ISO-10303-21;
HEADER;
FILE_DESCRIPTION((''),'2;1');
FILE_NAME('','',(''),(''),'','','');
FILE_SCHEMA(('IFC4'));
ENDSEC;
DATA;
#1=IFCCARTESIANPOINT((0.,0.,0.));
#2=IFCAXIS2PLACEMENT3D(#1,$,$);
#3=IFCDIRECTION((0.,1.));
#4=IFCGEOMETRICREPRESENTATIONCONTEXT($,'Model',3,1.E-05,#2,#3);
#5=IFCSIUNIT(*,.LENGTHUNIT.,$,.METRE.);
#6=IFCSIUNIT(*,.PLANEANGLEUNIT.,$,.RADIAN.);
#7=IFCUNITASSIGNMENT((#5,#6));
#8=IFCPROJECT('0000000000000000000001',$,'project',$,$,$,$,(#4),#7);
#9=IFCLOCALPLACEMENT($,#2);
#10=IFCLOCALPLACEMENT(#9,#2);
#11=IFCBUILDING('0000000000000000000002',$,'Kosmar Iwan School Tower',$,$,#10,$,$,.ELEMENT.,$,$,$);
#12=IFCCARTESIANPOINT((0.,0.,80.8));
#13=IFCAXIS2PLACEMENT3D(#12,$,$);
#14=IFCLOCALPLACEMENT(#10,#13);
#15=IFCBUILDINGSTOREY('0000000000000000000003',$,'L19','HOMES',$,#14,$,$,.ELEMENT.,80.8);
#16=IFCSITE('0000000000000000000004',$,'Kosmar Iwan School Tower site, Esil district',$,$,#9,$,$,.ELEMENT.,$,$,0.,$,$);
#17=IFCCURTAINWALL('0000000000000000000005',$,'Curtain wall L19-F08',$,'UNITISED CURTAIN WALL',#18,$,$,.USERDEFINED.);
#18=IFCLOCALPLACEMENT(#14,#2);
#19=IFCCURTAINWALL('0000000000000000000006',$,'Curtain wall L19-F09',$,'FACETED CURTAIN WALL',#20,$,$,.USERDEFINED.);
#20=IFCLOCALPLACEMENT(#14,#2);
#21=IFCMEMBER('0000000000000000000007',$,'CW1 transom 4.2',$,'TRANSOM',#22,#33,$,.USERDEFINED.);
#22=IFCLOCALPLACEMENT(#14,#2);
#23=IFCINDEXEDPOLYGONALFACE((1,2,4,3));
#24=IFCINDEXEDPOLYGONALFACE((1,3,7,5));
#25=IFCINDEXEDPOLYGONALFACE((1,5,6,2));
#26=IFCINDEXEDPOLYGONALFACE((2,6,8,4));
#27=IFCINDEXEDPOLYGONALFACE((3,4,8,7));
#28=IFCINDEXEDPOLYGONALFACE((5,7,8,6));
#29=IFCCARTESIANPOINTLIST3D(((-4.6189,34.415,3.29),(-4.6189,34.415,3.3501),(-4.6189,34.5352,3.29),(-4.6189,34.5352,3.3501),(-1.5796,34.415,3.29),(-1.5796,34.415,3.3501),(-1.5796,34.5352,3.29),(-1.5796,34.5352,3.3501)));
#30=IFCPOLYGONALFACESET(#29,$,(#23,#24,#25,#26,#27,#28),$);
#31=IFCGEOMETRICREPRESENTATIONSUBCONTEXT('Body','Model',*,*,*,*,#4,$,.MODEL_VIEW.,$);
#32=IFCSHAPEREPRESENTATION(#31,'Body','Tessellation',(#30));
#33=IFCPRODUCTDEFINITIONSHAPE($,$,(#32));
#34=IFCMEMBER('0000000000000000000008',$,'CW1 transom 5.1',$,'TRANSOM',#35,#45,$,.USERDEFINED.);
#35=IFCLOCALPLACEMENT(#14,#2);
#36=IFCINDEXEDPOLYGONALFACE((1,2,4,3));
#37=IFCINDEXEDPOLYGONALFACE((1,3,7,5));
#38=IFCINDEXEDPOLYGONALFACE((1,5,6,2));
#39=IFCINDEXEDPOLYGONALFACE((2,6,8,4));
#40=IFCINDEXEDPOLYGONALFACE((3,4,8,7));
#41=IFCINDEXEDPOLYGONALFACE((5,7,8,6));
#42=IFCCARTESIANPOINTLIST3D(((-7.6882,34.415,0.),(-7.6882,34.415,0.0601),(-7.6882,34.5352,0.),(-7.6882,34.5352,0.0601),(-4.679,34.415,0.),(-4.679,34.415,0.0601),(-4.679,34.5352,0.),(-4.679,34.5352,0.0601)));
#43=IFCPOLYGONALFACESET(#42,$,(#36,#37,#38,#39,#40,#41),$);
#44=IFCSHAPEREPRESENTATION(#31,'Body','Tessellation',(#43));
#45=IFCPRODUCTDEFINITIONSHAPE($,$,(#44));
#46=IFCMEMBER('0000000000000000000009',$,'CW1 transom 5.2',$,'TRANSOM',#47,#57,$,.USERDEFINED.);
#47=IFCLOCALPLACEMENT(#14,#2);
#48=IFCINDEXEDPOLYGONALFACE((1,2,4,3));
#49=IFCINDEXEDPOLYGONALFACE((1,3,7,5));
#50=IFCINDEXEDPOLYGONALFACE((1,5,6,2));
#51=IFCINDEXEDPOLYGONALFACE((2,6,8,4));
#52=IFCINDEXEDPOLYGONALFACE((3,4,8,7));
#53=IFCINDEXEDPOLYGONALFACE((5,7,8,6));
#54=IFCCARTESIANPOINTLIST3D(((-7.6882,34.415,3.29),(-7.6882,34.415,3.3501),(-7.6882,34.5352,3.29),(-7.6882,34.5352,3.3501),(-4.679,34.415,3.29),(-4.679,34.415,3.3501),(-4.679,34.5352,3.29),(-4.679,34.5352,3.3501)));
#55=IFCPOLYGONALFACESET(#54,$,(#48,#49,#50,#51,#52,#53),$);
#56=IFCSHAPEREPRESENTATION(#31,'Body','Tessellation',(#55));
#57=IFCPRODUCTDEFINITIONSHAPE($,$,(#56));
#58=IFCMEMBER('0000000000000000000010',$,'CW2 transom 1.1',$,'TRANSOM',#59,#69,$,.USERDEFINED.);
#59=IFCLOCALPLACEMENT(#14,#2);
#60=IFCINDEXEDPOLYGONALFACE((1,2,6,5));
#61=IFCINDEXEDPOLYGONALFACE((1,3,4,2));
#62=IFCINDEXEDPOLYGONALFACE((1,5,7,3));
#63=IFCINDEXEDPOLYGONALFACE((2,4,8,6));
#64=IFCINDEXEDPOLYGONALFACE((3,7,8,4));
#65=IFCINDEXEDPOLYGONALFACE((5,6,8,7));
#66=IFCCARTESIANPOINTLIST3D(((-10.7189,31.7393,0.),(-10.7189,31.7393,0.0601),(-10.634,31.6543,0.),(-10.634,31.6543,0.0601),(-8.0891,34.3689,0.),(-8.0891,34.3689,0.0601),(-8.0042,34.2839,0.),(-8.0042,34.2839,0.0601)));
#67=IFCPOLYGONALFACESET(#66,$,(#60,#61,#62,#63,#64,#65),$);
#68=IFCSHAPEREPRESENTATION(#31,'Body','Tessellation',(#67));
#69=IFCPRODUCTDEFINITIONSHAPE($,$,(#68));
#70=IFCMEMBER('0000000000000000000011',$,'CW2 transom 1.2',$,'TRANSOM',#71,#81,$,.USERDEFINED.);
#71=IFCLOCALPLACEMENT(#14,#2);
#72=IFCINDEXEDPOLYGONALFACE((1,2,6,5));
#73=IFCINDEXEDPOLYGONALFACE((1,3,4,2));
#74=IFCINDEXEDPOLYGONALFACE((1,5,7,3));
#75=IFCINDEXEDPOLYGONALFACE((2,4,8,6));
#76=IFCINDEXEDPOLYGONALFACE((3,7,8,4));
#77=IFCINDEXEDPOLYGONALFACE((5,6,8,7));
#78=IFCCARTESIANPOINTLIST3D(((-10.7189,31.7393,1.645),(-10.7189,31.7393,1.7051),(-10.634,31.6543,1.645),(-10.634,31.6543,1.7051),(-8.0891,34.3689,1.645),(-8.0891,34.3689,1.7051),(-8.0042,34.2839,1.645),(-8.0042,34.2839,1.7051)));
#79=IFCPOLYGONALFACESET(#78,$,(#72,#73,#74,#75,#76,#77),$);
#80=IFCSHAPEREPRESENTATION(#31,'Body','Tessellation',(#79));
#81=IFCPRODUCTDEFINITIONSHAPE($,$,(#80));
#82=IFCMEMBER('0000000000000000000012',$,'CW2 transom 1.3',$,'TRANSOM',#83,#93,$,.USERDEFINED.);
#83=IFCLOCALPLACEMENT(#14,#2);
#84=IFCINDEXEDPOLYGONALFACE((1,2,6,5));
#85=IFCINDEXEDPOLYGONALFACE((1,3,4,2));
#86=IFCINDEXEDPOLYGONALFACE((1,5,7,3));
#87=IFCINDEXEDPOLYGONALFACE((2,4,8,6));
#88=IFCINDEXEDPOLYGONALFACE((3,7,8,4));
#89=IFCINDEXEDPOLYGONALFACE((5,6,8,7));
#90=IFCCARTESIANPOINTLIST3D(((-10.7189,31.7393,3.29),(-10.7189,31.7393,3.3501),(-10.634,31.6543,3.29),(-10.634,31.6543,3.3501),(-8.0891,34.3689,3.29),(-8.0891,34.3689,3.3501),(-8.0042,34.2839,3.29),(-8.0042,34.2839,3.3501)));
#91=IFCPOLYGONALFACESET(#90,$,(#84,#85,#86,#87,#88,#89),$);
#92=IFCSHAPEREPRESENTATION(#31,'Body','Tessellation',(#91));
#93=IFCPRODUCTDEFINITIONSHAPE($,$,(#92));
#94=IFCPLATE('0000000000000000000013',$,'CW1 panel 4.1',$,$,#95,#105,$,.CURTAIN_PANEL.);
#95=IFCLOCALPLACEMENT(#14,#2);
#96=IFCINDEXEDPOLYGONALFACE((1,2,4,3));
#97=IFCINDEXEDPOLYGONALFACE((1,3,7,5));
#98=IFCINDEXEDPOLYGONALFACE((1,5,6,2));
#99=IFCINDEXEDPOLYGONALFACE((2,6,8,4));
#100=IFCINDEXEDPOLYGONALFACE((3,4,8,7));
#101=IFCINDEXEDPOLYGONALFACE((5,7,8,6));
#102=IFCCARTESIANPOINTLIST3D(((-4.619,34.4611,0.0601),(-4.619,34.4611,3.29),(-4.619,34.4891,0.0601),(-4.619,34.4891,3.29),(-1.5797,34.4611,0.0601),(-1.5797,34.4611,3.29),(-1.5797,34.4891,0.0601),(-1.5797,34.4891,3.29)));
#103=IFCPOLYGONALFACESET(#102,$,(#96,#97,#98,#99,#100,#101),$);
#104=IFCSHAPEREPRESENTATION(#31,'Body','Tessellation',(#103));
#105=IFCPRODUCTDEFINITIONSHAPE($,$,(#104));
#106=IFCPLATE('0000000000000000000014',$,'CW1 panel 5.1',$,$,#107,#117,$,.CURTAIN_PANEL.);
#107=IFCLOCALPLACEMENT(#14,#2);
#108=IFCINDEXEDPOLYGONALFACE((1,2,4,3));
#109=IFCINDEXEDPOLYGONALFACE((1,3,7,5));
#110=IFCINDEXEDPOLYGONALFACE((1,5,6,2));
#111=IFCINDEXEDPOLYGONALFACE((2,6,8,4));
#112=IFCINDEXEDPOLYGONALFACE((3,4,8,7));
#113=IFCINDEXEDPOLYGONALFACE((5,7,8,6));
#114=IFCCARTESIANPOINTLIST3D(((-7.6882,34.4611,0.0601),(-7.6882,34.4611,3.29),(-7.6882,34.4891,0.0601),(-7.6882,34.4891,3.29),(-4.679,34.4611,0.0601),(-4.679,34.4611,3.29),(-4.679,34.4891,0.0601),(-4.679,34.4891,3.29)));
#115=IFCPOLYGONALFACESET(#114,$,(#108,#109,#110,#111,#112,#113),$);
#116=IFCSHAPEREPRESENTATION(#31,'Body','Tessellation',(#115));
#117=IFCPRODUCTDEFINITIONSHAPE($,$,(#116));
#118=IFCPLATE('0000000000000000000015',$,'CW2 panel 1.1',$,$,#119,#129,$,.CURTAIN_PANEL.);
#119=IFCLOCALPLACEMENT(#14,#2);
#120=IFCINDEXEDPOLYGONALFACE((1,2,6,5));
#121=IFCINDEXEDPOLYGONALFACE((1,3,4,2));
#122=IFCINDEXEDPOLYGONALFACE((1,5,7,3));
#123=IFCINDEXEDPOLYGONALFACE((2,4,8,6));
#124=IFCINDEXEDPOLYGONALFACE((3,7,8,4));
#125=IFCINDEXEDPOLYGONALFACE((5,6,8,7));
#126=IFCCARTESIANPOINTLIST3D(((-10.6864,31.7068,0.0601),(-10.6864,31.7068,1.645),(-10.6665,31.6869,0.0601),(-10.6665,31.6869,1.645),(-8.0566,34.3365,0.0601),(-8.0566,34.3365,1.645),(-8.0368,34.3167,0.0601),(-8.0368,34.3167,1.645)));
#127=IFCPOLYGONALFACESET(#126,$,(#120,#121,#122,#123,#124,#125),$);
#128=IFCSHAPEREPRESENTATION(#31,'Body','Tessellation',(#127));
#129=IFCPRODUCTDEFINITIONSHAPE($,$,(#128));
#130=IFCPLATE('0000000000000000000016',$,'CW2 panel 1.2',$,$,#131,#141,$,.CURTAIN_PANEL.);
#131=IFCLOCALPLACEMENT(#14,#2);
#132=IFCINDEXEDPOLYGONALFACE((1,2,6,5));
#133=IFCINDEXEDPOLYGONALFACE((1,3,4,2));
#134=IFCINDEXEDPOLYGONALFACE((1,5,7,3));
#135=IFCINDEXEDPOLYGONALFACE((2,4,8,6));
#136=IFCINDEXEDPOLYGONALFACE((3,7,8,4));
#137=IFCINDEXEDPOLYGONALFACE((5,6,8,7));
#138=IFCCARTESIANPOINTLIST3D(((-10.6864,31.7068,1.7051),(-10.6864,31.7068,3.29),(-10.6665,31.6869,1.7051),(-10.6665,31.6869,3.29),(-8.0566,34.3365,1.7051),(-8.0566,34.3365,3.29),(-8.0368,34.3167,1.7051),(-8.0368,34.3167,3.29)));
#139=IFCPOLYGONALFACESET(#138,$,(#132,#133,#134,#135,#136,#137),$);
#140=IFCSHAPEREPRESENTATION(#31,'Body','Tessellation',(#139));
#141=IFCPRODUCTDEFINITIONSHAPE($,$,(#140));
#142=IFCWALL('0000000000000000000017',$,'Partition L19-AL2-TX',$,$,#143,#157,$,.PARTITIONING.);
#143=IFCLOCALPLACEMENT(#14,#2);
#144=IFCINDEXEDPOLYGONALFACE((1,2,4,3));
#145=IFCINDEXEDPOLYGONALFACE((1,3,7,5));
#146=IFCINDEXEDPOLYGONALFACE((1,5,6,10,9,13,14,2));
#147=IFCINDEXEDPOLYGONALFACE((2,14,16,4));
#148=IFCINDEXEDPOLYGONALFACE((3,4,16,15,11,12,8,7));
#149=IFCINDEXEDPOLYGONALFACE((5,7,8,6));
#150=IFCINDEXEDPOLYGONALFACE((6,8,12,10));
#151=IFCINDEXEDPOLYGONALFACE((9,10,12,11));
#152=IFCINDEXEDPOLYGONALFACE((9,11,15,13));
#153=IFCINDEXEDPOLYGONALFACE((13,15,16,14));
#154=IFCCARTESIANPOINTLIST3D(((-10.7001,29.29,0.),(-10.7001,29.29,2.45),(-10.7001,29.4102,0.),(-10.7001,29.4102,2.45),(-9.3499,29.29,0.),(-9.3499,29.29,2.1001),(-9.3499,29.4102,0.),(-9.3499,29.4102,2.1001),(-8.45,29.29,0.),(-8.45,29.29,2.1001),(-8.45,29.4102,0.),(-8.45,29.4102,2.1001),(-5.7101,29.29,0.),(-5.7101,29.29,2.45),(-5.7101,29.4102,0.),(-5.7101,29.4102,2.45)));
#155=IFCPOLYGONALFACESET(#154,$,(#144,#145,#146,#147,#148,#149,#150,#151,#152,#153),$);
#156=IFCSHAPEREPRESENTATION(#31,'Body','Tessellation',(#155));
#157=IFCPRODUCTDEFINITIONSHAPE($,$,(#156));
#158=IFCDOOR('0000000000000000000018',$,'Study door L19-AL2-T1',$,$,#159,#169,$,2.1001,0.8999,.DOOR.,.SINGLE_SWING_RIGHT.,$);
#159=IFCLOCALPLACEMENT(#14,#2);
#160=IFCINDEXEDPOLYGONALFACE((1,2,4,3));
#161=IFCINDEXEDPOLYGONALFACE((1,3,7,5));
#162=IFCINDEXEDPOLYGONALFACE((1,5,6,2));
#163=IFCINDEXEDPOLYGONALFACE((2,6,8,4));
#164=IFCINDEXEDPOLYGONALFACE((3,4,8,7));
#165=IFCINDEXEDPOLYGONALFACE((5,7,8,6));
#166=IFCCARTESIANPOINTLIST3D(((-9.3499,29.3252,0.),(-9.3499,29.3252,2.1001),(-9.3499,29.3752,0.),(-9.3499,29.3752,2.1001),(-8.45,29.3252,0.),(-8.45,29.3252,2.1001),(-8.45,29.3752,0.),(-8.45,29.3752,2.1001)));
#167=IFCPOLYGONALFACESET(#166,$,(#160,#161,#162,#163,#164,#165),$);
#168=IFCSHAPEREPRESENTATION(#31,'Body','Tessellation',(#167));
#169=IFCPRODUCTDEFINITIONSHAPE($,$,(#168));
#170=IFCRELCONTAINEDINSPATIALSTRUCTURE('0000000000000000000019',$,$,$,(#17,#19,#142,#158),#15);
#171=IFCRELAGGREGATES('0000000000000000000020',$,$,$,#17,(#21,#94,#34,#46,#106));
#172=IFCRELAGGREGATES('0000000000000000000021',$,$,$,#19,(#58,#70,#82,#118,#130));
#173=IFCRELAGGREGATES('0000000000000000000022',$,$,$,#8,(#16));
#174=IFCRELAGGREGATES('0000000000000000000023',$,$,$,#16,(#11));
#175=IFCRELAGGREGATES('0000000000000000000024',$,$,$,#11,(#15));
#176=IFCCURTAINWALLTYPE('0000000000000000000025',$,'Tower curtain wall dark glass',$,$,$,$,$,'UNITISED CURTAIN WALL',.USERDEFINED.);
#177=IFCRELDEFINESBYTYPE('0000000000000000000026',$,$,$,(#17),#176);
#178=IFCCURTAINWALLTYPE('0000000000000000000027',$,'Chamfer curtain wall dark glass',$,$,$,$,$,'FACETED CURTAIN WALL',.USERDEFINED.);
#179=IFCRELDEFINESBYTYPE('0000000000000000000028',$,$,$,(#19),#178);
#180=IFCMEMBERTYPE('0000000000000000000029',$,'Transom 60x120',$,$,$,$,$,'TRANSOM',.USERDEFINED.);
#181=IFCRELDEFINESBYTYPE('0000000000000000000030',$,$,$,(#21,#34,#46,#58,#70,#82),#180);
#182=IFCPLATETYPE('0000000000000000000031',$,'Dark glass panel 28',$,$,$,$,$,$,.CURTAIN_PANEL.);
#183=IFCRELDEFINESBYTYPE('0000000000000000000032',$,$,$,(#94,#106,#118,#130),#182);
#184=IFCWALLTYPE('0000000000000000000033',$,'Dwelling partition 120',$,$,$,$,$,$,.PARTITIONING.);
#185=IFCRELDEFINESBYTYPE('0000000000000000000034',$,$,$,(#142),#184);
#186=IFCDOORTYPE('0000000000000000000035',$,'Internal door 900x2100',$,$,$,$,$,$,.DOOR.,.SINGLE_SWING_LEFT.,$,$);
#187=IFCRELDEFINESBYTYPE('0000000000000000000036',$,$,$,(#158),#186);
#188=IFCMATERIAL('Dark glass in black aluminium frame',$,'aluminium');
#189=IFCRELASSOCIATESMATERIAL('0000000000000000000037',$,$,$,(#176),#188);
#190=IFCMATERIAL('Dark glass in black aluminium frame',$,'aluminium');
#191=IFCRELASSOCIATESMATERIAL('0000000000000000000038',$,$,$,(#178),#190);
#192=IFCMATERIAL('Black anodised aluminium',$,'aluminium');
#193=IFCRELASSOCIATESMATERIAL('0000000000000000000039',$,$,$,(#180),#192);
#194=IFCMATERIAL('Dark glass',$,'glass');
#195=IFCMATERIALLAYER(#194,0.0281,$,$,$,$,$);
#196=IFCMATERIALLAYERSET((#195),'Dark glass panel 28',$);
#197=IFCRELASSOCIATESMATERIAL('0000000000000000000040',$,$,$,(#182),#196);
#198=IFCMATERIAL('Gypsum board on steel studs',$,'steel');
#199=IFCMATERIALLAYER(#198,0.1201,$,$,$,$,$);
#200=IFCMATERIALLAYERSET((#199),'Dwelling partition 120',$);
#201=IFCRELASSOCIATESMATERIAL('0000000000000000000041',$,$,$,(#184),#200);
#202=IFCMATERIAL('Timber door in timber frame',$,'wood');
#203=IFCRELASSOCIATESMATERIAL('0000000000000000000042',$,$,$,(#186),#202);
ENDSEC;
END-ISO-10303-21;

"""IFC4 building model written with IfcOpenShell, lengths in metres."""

from ifc_helpers import new_model, si_unit, direction, frame, frame_2d, origin, origin_2d, place, context, subcontext, project, spatial, rectangle, extrude, material, layer, layer_set, material_profile, profile_set, type_object, element, fill, aggregate, save


model = new_model("IFC4")

# Units and contexts
model_context = context("Model", 3, precision=1e-05, world=origin(), true_north=direction((0.0, 1.0)))
body_context = subcontext(model_context, "Body", "Model", "MODEL_VIEW")
ifc_project = project(units=[si_unit("LENGTHUNIT", "METRE"), si_unit("PLANEANGLEUNIT", "RADIAN")], contexts=[model_context])

# Site, building, storey
site_placement = place(None, origin())
site = spatial("IfcSite", under=ifc_project, at=site_placement, Name="Kosmar Iwan School Tower site, Esil district", CompositionType="ELEMENT", RefElevation=0.0)
building_placement = place(site_placement, origin())
building = spatial("IfcBuilding", under=site, at=building_placement, Name="Kosmar Iwan School Tower", CompositionType="ELEMENT")
storey_placement = place(building_placement, frame((0.0, 0.0, 80.8)))
storey = spatial("IfcBuildingStorey", under=building, at=storey_placement, Name="L19", Description="HOMES", CompositionType="ELEMENT", Elevation=80.8)

# Curtain walls
ifc_material_1 = material(Name="Dark glass in black aluminium frame", Category="aluminium")
curtain_wall_type_1 = type_object("IfcCurtainWallType", Name="Tower curtain wall dark glass", ElementType="UNITISED CURTAIN WALL", PredefinedType="USERDEFINED", material=ifc_material_1)
curtain_wall_1_placement = place(storey_placement, origin())
curtain_wall_1 = element("IfcCurtainWall", 1, at=curtain_wall_1_placement, inside=storey, type_object=curtain_wall_type_1, Name="Curtain wall L19-F08", ObjectType="UNITISED CURTAIN WALL", PredefinedType="USERDEFINED")
ifc_material_2 = material(Name="Dark glass in black aluminium frame", Category="aluminium")
curtain_wall_type_2 = type_object("IfcCurtainWallType", Name="Chamfer curtain wall dark glass", ElementType="FACETED CURTAIN WALL", PredefinedType="USERDEFINED", material=ifc_material_2)
curtain_wall_2_placement = place(storey_placement, origin())
curtain_wall_2 = element("IfcCurtainWall", 2, at=curtain_wall_2_placement, inside=storey, type_object=curtain_wall_type_2, Name="Curtain wall L19-F09", ObjectType="FACETED CURTAIN WALL", PredefinedType="USERDEFINED")

# Members
ifc_material_3 = material(Name="Black anodised aluminium", Category="aluminium")
ifc_material_profile_1 = material_profile(ifc_material_3, rectangle(XDim=0.1201, YDim=0.0601, at=origin_2d()), Name="TRANSOM 60x120")
ifc_profile_set_1 = profile_set([ifc_material_profile_1], Name="Black anodised aluminium")
member_type_1 = type_object("IfcMemberType", Name="Transom 60x120", ElementType="TRANSOM", PredefinedType="USERDEFINED", material=ifc_profile_set_1)
member_1_placement = place(storey_placement, frame((-1.5796, 34.4751, 3.3201), z_axis=(-1.0, 0.0, 0.0), x_axis=(0.0, -1.0, 0.0)))
member_1 = element("IfcMember", 3, at=member_1_placement, type_object=member_type_1, Name="CW1 transom 4.2", ObjectType="TRANSOM", PredefinedType="USERDEFINED", context=body_context, shape_type="SweptSolid", body=[
    extrude(rectangle(XDim=0.1201, YDim=0.0601, at=origin_2d()), origin(), (0.0, 0.0, 1.0), 3.0393),
])
member_2_placement = place(storey_placement, frame((-4.679, 34.4751, 0.03), z_axis=(-1.0, 0.0, 0.0), x_axis=(0.0, -1.0, 0.0)))
member_2 = element("IfcMember", 4, at=member_2_placement, type_object=member_type_1, Name="CW1 transom 5.1", ObjectType="TRANSOM", PredefinedType="USERDEFINED", context=body_context, shape_type="SweptSolid", body=[
    extrude(rectangle(XDim=0.1201, YDim=0.0601, at=origin_2d()), origin(), (0.0, 0.0, 1.0), 3.0093),
])
member_3_placement = place(storey_placement, frame((-4.679, 34.4751, 3.3201), z_axis=(-1.0, 0.0, 0.0), x_axis=(0.0, -1.0, 0.0)))
member_3 = element("IfcMember", 5, at=member_3_placement, type_object=member_type_1, Name="CW1 transom 5.2", ObjectType="TRANSOM", PredefinedType="USERDEFINED", context=body_context, shape_type="SweptSolid", body=[
    extrude(rectangle(XDim=0.1201, YDim=0.0601, at=origin_2d()), origin(), (0.0, 0.0, 1.0), 3.0093),
])
member_4_placement = place(storey_placement, frame((-8.0466, 34.3264, 0.03), z_axis=(-0.70714, -0.707074, 0.0), x_axis=(0.707074, -0.70714, 0.0)))
member_4 = element("IfcMember", 6, at=member_4_placement, type_object=member_type_1, Name="CW2 transom 1.1", ObjectType="TRANSOM", PredefinedType="USERDEFINED", context=body_context, shape_type="SweptSolid", body=[
    extrude(rectangle(XDim=0.1201, YDim=0.0601, at=origin_2d()), origin(), (0.0, 0.0, 1.0), 3.719),
])
member_5_placement = place(storey_placement, frame((-8.0466, 34.3264, 1.675), z_axis=(-0.70714, -0.707074, 0.0), x_axis=(0.707074, -0.70714, 0.0)))
member_5 = element("IfcMember", 7, at=member_5_placement, type_object=member_type_1, Name="CW2 transom 1.2", ObjectType="TRANSOM", PredefinedType="USERDEFINED", context=body_context, shape_type="SweptSolid", body=[
    extrude(rectangle(XDim=0.1201, YDim=0.0601, at=origin_2d()), origin(), (0.0, 0.0, 1.0), 3.719),
])
member_6_placement = place(storey_placement, frame((-8.0466, 34.3264, 3.3201), z_axis=(-0.70714, -0.707074, 0.0), x_axis=(0.707074, -0.70714, 0.0)))
member_6 = element("IfcMember", 8, at=member_6_placement, type_object=member_type_1, Name="CW2 transom 1.3", ObjectType="TRANSOM", PredefinedType="USERDEFINED", context=body_context, shape_type="SweptSolid", body=[
    extrude(rectangle(XDim=0.1201, YDim=0.0601, at=origin_2d()), origin(), (0.0, 0.0, 1.0), 3.719),
])

# Plates
ifc_material_4 = material(Name="Dark glass", Category="glass")
ifc_layer_1 = layer(ifc_material_4, 0.0281)
ifc_layer_set_1 = layer_set([ifc_layer_1], Name="Dark glass panel 28")
plate_type = type_object("IfcPlateType", Name="Dark glass panel 28", PredefinedType="CURTAIN_PANEL", material=ifc_layer_set_1)
plate_1_placement = place(storey_placement, frame((-3.0994, 34.4751, 0.0601), z_axis=(0.0, 0.0, 1.0), x_axis=(-1.0, 0.0, 0.0)))
plate_1 = element("IfcPlate", 9, at=plate_1_placement, type_object=plate_type, Name="CW1 panel 4.1", PredefinedType="CURTAIN_PANEL", context=body_context, shape_type="SweptSolid", body=[
    extrude(rectangle(XDim=3.0393, YDim=0.0281, at=origin_2d()), origin(), (0.0, 0.0, 1.0), 3.23),
])
plate_2_placement = place(storey_placement, frame((-6.1836, 34.4751, 0.0601), z_axis=(0.0, 0.0, 1.0), x_axis=(-1.0, 0.0, 0.0)))
plate_2 = element("IfcPlate", 10, at=plate_2_placement, type_object=plate_type, Name="CW1 panel 5.1", PredefinedType="CURTAIN_PANEL", context=body_context, shape_type="SweptSolid", body=[
    extrude(rectangle(XDim=3.0093, YDim=0.0281, at=origin_2d()), origin(), (0.0, 0.0, 1.0), 3.23),
])
aggregate(curtain_wall_1, [member_1, plate_1, member_2, member_3, plate_2])
plate_3_placement = place(storey_placement, frame((-9.3616, 33.0117, 0.0601), z_axis=(0.0, 0.0, 1.0), x_axis=(-0.707107, -0.707107, 0.0)))
plate_3 = element("IfcPlate", 11, at=plate_3_placement, type_object=plate_type, Name="CW2 panel 1.1", PredefinedType="CURTAIN_PANEL", context=body_context, shape_type="SweptSolid", body=[
    extrude(rectangle(XDim=3.719, YDim=0.0281, at=origin_2d()), origin(), (0.0, 0.0, 1.0), 1.585),
])
plate_4_placement = place(storey_placement, frame((-9.3616, 33.0117, 1.7051), z_axis=(0.0, 0.0, 1.0), x_axis=(-0.707107, -0.707107, 0.0)))
plate_4 = element("IfcPlate", 12, at=plate_4_placement, type_object=plate_type, Name="CW2 panel 1.2", PredefinedType="CURTAIN_PANEL", context=body_context, shape_type="SweptSolid", body=[
    extrude(rectangle(XDim=3.719, YDim=0.0281, at=origin_2d()), origin(), (0.0, 0.0, 1.0), 1.585),
])
aggregate(curtain_wall_2, [member_4, member_5, member_6, plate_3, plate_4])

# Wall, opening, door
ifc_material_5 = material(Name="Gypsum board on steel studs", Category="steel")
ifc_layer_2 = layer(ifc_material_5, 0.1201)
ifc_layer_set_2 = layer_set([ifc_layer_2], Name="Dwelling partition 120")
wall_type_1 = type_object("IfcWallType", Name="Dwelling partition 120", PredefinedType="PARTITIONING", material=ifc_layer_set_2)
wall_1_placement = place(storey_placement, frame((-5.71, 29.3501, 0.0), z_axis=(0.0, 0.0, 1.0), x_axis=(-1.0, 0.0, 0.0)))
wall_1 = element("IfcWall", 13, at=wall_1_placement, inside=storey, type_object=wall_type_1, Name="Partition L19-AL2-TX", PredefinedType="PARTITIONING", context=body_context, shape_type="SweptSolid", body=[
    extrude(rectangle(XDim=4.99, YDim=0.1201, at=frame_2d((2.4951, 0.0))), origin(), (0.0, 0.0, 1.0), 2.45),
])
opening_1_placement = place(wall_1_placement, frame((2.74, 0.0, 0.0)))
opening_1 = element("IfcOpeningElement", 14, at=opening_1_placement, cuts=wall_1, PredefinedType="OPENING", context=body_context, shape_type="SweptSolid", body=[
    extrude(rectangle(XDim=0.8999, YDim=2.1001, at=frame_2d((0.45, 1.05))), frame((0.0, 0.072, 0.0), z_axis=(0.0, -1.0, 0.0), x_axis=(1.0, 0.0, 0.0)), (0.0, 0.0, 1.0), 0.144),
])
ifc_material_6 = material(Name="Timber door in timber frame", Category="wood")
door_type_1 = type_object("IfcDoorType", Name="Internal door 900x2100", OperationType="SINGLE_SWING_LEFT", PredefinedType="DOOR", material=ifc_material_6)
door_1_placement = place(opening_1_placement, origin())
door_1 = element("IfcDoor", 15, at=door_1_placement, inside=storey, type_object=door_type_1, Name="Study door L19-AL2-T1", OperationType="SINGLE_SWING_RIGHT", OverallHeight=2.1001, OverallWidth=0.8999, PredefinedType="DOOR", context=body_context, shape_type="SweptSolid", body=[
    extrude(rectangle(XDim=0.8999, YDim=2.1001, at=frame_2d((0.45, 1.05))), frame((0.0, 0.0249, 0.0), z_axis=(0.0, -1.0, 0.0), x_axis=(1.0, 0.0, 0.0)), (0.0, 0.0, 1.0), 0.05),
])
fill(opening_1, door_1)

save(model, "model.ifc")
